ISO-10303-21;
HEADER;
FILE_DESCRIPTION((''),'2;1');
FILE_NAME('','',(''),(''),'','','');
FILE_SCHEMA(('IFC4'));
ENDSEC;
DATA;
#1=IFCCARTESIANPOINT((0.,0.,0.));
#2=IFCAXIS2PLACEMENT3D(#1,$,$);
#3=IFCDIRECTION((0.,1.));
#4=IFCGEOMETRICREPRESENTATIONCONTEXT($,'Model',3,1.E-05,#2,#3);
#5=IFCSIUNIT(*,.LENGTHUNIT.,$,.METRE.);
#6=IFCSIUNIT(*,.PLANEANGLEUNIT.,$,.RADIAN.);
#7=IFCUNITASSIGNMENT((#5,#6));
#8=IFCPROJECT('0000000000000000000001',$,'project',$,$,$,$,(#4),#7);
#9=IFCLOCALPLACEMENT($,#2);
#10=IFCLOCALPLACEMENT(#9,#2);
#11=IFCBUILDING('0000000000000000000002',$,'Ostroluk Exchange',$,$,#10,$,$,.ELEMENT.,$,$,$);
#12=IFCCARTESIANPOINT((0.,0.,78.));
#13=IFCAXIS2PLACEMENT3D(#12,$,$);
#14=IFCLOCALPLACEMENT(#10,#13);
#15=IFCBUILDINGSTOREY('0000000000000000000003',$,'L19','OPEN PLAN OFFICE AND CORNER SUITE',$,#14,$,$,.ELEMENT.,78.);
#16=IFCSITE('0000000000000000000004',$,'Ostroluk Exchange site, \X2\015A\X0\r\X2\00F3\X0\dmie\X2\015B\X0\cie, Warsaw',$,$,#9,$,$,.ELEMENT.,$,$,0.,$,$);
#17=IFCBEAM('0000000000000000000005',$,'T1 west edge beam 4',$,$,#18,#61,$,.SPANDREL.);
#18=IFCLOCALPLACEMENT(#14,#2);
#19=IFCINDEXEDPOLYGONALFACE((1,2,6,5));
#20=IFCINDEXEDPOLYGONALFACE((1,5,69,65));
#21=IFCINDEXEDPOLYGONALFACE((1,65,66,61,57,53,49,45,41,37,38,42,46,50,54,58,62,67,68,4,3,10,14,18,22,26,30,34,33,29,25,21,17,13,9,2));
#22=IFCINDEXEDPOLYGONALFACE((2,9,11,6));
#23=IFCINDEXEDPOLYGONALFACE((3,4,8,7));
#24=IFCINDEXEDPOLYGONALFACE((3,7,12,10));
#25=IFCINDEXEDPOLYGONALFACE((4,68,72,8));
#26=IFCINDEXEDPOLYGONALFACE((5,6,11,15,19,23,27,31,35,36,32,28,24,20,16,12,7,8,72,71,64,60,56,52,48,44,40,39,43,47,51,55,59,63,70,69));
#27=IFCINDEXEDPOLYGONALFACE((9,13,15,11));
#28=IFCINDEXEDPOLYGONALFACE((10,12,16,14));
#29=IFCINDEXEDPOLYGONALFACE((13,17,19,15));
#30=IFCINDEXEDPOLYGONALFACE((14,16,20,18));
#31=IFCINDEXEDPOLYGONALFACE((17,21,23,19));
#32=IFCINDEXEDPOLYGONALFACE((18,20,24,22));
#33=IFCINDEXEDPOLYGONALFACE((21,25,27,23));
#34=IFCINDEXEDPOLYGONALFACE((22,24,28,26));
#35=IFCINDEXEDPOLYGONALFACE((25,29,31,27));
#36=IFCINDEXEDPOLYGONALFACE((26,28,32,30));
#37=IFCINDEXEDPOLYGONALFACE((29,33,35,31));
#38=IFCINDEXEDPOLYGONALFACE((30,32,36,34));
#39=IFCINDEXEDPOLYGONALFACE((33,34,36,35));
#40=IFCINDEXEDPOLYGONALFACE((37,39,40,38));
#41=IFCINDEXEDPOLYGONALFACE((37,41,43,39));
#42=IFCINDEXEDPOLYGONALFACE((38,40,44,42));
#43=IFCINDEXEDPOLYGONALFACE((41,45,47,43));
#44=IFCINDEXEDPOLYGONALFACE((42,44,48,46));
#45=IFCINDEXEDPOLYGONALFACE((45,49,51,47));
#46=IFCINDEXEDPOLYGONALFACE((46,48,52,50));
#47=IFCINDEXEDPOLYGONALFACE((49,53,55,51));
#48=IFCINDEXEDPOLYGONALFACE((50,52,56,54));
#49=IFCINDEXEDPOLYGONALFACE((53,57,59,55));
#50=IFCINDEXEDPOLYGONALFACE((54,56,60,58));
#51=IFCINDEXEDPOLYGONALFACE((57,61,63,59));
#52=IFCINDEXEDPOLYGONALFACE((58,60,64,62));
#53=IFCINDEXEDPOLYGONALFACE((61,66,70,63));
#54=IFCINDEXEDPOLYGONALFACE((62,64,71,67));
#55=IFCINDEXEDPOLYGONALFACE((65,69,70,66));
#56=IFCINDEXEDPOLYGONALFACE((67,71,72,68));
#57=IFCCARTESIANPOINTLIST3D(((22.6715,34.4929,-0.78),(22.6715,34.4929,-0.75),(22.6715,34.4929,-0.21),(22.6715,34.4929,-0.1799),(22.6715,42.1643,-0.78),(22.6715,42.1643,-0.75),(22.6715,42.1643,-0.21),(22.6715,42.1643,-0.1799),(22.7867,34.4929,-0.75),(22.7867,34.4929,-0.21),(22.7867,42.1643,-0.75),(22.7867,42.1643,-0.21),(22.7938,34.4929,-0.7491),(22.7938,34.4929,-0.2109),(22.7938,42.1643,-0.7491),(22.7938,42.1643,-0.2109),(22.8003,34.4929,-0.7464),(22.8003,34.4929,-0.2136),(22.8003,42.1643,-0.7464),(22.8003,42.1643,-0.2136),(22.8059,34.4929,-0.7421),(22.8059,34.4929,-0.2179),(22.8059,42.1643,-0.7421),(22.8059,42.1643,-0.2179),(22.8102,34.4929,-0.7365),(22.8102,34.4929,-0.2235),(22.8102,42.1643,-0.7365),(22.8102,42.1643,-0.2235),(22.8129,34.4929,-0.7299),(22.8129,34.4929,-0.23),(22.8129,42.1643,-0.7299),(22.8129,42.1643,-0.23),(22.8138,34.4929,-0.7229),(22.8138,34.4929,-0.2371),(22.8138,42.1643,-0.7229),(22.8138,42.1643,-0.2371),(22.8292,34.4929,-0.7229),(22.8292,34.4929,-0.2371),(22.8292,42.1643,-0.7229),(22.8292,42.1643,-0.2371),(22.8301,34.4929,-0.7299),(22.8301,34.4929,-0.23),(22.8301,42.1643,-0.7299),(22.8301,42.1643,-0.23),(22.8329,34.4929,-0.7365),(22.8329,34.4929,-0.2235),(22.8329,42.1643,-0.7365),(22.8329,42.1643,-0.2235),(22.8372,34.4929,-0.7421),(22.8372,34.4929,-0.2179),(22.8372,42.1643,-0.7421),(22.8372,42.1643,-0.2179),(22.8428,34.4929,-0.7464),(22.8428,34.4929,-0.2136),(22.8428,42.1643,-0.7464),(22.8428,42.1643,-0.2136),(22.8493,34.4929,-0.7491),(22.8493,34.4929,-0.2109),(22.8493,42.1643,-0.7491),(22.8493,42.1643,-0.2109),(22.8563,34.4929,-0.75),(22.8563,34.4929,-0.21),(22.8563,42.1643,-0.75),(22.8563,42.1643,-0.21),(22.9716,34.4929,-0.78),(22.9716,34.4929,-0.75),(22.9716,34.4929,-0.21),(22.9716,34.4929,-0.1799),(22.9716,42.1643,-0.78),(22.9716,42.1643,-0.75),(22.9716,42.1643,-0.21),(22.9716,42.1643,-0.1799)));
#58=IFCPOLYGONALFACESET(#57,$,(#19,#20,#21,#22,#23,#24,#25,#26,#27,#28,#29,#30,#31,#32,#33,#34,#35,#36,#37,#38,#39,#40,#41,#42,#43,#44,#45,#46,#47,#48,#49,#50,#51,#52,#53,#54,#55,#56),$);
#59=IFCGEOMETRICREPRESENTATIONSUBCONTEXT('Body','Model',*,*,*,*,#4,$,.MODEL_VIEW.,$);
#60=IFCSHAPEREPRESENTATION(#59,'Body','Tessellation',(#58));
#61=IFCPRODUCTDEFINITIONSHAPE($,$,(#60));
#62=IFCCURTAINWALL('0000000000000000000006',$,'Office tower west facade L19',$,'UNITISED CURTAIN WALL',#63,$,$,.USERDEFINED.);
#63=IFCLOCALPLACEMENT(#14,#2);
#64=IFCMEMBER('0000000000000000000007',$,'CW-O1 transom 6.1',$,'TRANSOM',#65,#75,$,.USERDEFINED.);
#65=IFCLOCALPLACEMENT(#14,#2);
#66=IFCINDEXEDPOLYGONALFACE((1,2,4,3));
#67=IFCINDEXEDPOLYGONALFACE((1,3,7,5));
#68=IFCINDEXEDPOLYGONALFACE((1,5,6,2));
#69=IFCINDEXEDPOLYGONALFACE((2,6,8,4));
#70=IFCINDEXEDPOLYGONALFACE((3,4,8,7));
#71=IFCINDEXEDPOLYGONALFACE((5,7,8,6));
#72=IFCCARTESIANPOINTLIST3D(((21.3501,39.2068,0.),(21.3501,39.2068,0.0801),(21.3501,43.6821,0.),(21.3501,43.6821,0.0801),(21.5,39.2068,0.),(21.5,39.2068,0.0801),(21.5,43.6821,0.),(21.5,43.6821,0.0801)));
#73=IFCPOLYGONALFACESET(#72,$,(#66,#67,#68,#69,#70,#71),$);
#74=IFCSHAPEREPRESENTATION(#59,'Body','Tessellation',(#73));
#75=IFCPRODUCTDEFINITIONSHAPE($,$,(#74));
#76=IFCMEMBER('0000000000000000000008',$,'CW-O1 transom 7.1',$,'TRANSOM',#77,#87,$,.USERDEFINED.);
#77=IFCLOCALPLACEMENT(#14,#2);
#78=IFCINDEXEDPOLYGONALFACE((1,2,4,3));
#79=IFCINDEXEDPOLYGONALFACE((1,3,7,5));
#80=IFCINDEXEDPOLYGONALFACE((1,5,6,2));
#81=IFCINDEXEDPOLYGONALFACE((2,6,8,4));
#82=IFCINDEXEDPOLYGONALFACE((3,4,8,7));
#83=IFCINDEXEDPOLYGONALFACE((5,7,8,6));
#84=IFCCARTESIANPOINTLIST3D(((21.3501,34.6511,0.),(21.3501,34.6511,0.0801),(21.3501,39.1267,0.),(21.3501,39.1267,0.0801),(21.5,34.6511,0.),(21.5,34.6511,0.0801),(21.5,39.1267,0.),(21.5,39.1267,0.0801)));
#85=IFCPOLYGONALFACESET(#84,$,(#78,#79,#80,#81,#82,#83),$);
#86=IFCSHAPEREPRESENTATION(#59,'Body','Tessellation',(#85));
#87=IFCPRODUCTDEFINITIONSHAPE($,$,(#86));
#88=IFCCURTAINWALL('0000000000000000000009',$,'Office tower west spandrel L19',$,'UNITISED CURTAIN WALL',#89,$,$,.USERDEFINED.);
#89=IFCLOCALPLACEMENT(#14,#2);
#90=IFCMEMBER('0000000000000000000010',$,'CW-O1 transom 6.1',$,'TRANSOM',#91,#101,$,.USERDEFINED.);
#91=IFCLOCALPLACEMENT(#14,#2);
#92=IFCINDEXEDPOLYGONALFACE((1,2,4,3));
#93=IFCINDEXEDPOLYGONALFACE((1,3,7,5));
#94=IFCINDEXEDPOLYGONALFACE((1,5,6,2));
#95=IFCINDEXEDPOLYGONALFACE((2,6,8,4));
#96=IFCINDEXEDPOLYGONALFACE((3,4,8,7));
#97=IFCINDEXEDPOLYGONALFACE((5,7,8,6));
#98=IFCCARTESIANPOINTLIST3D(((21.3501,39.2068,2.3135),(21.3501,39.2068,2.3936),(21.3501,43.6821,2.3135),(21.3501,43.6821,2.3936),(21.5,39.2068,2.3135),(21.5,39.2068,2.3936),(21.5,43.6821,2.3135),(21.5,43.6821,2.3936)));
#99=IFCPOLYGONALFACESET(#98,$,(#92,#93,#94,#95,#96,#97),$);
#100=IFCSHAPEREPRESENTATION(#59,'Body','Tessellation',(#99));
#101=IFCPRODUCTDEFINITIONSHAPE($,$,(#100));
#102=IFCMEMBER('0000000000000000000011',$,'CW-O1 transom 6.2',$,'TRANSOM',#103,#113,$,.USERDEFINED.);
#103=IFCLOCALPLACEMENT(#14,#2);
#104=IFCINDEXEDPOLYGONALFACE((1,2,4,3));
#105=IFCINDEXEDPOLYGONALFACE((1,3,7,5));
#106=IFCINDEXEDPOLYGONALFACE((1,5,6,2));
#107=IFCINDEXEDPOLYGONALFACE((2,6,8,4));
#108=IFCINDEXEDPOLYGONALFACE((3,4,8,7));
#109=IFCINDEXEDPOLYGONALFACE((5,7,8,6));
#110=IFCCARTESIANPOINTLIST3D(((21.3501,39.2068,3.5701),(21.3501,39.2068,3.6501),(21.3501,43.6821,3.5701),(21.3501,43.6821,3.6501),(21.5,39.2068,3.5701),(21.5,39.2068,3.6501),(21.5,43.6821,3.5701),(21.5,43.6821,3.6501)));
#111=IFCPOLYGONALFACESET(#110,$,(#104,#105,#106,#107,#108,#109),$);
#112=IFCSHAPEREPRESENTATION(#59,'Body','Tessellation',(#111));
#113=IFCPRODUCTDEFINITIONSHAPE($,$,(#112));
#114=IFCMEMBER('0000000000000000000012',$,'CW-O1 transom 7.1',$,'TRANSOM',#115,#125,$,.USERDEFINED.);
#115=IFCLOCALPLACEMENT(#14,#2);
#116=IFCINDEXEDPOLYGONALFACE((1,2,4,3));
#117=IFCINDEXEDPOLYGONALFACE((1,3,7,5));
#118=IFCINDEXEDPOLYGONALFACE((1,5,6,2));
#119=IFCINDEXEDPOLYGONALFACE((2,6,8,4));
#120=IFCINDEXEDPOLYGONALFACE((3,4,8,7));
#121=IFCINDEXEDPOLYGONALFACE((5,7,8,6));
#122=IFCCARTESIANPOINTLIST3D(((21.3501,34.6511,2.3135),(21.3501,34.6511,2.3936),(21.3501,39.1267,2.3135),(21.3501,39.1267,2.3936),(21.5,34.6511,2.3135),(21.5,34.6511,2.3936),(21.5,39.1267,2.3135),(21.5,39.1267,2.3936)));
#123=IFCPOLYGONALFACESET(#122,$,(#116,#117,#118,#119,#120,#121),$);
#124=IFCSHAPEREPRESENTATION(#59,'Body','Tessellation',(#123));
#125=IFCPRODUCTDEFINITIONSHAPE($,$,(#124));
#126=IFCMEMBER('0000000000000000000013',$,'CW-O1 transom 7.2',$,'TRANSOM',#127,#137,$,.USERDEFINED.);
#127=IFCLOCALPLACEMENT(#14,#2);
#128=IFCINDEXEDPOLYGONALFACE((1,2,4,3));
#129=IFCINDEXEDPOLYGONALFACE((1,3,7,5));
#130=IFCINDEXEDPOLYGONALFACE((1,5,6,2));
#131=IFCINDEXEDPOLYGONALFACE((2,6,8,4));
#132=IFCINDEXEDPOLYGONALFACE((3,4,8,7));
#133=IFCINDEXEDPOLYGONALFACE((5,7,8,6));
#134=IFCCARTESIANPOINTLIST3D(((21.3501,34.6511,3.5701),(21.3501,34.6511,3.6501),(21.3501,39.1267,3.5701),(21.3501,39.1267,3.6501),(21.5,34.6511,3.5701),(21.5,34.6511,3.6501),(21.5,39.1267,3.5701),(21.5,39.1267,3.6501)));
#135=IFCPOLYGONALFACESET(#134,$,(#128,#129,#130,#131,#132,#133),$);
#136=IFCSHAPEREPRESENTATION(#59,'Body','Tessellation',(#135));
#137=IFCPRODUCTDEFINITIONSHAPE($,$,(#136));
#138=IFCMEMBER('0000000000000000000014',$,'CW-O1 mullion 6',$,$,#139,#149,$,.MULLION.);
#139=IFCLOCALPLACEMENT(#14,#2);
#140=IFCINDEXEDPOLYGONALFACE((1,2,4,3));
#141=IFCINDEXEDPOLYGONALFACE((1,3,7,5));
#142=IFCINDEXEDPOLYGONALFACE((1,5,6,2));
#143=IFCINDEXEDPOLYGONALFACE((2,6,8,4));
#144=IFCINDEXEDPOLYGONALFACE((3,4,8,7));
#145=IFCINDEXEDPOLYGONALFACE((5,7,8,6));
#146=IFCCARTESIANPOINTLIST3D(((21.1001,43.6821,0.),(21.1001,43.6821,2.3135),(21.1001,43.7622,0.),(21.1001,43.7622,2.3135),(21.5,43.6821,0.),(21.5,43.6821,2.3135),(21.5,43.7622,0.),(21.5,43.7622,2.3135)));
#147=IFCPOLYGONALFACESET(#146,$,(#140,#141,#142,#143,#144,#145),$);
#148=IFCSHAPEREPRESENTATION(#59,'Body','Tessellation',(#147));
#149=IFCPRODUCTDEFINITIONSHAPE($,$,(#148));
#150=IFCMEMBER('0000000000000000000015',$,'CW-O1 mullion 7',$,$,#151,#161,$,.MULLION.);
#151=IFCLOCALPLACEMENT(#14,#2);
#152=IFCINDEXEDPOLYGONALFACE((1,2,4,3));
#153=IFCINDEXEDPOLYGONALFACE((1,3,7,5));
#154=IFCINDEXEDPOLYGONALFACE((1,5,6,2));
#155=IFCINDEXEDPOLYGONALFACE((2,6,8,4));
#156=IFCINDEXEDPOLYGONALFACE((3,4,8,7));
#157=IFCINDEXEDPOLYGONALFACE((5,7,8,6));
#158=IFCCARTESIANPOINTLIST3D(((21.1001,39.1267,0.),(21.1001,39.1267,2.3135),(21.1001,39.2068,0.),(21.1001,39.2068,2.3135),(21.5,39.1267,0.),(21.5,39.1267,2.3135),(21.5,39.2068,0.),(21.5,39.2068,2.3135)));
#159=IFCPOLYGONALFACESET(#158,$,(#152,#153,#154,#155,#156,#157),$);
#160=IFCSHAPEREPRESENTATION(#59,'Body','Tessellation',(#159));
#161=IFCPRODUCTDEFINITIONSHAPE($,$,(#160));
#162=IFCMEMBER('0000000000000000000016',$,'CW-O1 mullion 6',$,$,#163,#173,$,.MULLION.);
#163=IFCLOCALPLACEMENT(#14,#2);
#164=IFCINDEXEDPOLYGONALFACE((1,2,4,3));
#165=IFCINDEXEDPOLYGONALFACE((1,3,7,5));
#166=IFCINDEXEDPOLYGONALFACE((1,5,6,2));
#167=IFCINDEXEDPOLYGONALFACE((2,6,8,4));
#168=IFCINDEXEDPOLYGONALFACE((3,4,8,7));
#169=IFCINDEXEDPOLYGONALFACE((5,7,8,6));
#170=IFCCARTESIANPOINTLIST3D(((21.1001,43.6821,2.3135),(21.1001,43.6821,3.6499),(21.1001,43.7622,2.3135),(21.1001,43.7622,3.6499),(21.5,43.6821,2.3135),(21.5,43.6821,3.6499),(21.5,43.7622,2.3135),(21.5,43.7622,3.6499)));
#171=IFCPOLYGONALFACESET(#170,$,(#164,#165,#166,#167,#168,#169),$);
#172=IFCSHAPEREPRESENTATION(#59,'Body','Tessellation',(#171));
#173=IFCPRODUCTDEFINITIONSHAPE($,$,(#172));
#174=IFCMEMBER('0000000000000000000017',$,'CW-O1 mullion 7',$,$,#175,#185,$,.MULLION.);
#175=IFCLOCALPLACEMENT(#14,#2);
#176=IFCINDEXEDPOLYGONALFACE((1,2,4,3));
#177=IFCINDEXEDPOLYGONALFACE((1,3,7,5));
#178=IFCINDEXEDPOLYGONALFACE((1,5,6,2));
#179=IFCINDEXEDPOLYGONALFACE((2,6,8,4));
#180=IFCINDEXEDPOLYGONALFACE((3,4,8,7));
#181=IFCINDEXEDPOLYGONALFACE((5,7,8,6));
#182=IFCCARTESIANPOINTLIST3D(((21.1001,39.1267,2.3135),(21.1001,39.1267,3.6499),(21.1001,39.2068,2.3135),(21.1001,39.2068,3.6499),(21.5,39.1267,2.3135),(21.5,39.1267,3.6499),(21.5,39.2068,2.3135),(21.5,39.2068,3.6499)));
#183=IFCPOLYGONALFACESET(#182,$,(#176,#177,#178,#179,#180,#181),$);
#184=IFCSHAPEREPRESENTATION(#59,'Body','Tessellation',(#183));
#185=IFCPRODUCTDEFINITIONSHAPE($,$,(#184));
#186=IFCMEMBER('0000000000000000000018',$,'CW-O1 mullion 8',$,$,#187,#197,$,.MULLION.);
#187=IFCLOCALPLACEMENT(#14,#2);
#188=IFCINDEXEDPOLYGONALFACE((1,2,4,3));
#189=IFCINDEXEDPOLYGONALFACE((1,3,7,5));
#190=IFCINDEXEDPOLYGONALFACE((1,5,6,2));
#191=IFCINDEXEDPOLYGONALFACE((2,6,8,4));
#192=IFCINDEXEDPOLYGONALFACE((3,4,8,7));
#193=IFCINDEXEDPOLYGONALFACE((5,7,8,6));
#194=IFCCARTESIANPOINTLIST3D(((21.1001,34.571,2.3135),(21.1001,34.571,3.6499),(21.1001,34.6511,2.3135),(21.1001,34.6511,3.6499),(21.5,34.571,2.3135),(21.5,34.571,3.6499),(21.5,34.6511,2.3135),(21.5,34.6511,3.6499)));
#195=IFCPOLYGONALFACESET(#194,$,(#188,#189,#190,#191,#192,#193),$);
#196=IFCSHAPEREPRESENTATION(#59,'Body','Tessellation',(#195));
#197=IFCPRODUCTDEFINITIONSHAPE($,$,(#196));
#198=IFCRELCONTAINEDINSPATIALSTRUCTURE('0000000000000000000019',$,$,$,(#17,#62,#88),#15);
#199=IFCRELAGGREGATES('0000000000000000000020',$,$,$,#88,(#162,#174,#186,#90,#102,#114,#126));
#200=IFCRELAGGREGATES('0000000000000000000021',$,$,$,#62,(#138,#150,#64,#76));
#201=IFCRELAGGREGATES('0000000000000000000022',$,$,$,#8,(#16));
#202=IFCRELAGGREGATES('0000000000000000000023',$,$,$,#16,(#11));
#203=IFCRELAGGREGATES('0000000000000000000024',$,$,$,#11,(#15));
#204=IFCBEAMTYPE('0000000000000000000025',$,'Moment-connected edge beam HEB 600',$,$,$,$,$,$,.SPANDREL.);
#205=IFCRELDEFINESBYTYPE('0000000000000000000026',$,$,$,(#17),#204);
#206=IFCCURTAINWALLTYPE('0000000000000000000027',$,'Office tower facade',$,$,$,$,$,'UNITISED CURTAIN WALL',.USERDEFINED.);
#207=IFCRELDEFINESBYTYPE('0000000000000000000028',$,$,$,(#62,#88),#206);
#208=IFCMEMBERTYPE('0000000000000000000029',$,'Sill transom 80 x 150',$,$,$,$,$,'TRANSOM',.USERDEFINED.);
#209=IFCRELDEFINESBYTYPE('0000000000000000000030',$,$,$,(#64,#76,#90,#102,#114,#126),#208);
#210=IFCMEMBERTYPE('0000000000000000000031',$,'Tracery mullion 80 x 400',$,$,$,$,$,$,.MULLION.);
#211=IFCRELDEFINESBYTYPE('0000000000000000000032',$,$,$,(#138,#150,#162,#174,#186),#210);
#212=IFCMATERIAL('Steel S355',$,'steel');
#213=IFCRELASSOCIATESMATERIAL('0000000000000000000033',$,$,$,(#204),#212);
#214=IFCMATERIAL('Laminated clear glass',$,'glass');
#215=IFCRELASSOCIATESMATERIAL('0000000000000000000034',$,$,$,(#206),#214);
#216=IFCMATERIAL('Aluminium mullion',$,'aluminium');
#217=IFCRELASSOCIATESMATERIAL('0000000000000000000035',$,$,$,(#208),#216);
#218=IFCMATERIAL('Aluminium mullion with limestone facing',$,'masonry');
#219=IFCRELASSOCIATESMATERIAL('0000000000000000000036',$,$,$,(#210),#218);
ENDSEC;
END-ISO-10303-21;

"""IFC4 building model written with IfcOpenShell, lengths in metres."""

from ifc_helpers import new_model, si_unit, direction, frame, origin, origin_2d, place, context, subcontext, project, spatial, rectangle, i_section, extrude, material, material_profile, profile_set, type_object, element, aggregate, save


model = new_model("IFC4")

# Units and contexts
model_context = context("Model", 3, precision=1e-05, world=origin(), true_north=direction((0.0, 1.0)))
body_context = subcontext(model_context, "Body", "Model", "MODEL_VIEW")
ifc_project = project(units=[si_unit("LENGTHUNIT", "METRE"), si_unit("PLANEANGLEUNIT", "RADIAN")], contexts=[model_context])

# Site, building, storey
site_placement = place(None, origin())
site = spatial("IfcSite", under=ifc_project, at=site_placement, Name="Ostroluk Exchange site, Śródmieście, Warsaw", CompositionType="ELEMENT", RefElevation=0.0)
building_placement = place(site_placement, origin())
building = spatial("IfcBuilding", under=site, at=building_placement, Name="Ostroluk Exchange", CompositionType="ELEMENT")
storey_placement = place(building_placement, frame((0.0, 0.0, 78.0)))
storey = spatial("IfcBuildingStorey", under=building, at=storey_placement, Name="L19", Description="OPEN PLAN OFFICE AND CORNER SUITE", CompositionType="ELEMENT", Elevation=78.0)

# Beam
ifc_material_1 = material(Name="Steel S355", Category="steel")
ifc_material_profile_1 = material_profile(ifc_material_1, i_section(OverallWidth=0.3, OverallDepth=0.6001, WebThickness=0.0154, FlangeThickness=0.03, FilletRadius=0.0271, at=origin_2d()), Name="HEB 600")
ifc_profile_set_1 = profile_set([ifc_material_profile_1], Name="Steel S355")
beam_type_1 = type_object("IfcBeamType", Name="Moment-connected edge beam HEB 600", PredefinedType="SPANDREL", material=ifc_profile_set_1)
beam_1_placement = place(storey_placement, frame((22.8215, 42.1643, -0.48), z_axis=(0.0, -1.0, 0.0), x_axis=(1.0, 0.0, 0.0)))
element("IfcBeam", 1, at=beam_1_placement, inside=storey, type_object=beam_type_1, Name="T1 west edge beam 4", PredefinedType="SPANDREL", context=body_context, shape_type="SweptSolid", body=[
    extrude(i_section(OverallWidth=0.3, OverallDepth=0.6001, WebThickness=0.0154, FlangeThickness=0.03, FilletRadius=0.0271, at=origin_2d()), origin(), (0.0, 0.0, 1.0), 7.6714),
])

# Curtain walls, members
ifc_material_2 = material(Name="Laminated clear glass", Category="glass")
curtain_wall_type = type_object("IfcCurtainWallType", Name="Office tower facade", ElementType="UNITISED CURTAIN WALL", PredefinedType="USERDEFINED", material=ifc_material_2)
curtain_wall_1_placement = place(storey_placement, origin())
curtain_wall_1 = element("IfcCurtainWall", 2, at=curtain_wall_1_placement, inside=storey, type_object=curtain_wall_type, Name="Office tower west facade L19", ObjectType="UNITISED CURTAIN WALL", PredefinedType="USERDEFINED")
ifc_material_3 = material(Name="Aluminium mullion", Category="aluminium")
ifc_material_profile_2 = material_profile(ifc_material_3, rectangle(XDim=0.1499, YDim=0.0801, at=origin_2d()), Name="Sill transom 80 x 150")
ifc_profile_set_2 = profile_set([ifc_material_profile_2], Name="Aluminium mullion")
member_type_1 = type_object("IfcMemberType", Name="Sill transom 80 x 150", ElementType="TRANSOM", PredefinedType="USERDEFINED", material=ifc_profile_set_2)
member_1_placement = place(storey_placement, frame((21.425, 43.6821, 0.04), z_axis=(0.0, -1.0, 0.0), x_axis=(1.0, 0.0, 0.0)))
member_1 = element("IfcMember", 3, at=member_1_placement, type_object=member_type_1, Name="CW-O1 transom 6.1", ObjectType="TRANSOM", PredefinedType="USERDEFINED", context=body_context, shape_type="SweptSolid", body=[
    extrude(rectangle(XDim=0.1499, YDim=0.0801, at=origin_2d()), origin(), (0.0, 0.0, 1.0), 4.4753),
])
member_2_placement = place(storey_placement, frame((21.425, 39.1267, 0.04), z_axis=(0.0, -1.0, 0.0), x_axis=(1.0, 0.0, 0.0)))
member_2 = element("IfcMember", 4, at=member_2_placement, type_object=member_type_1, Name="CW-O1 transom 7.1", ObjectType="TRANSOM", PredefinedType="USERDEFINED", context=body_context, shape_type="SweptSolid", body=[
    extrude(rectangle(XDim=0.1499, YDim=0.0801, at=origin_2d()), origin(), (0.0, 0.0, 1.0), 4.4756),
])
curtain_wall_2_placement = place(storey_placement, origin())
curtain_wall_2 = element("IfcCurtainWall", 5, at=curtain_wall_2_placement, inside=storey, type_object=curtain_wall_type, Name="Office tower west spandrel L19", ObjectType="UNITISED CURTAIN WALL", PredefinedType="USERDEFINED")
member_3_placement = place(storey_placement, frame((21.425, 43.6821, 2.3535), z_axis=(0.0, -1.0, 0.0), x_axis=(1.0, 0.0, 0.0)))
member_3 = element("IfcMember", 6, at=member_3_placement, type_object=member_type_1, Name="CW-O1 transom 6.1", ObjectType="TRANSOM", PredefinedType="USERDEFINED", context=body_context, shape_type="SweptSolid", body=[
    extrude(rectangle(XDim=0.1499, YDim=0.0801, at=origin_2d()), origin(), (0.0, 0.0, 1.0), 4.4753),
])
member_4_placement = place(storey_placement, frame((21.425, 43.6821, 3.6101), z_axis=(0.0, -1.0, 0.0), x_axis=(1.0, 0.0, 0.0)))
member_4 = element("IfcMember", 7, at=member_4_placement, type_object=member_type_1, Name="CW-O1 transom 6.2", ObjectType="TRANSOM", PredefinedType="USERDEFINED", context=body_context, shape_type="SweptSolid", body=[
    extrude(rectangle(XDim=0.1499, YDim=0.0801, at=origin_2d()), origin(), (0.0, 0.0, 1.0), 4.4753),
])
member_5_placement = place(storey_placement, frame((21.425, 39.1267, 2.3535), z_axis=(0.0, -1.0, 0.0), x_axis=(1.0, 0.0, 0.0)))
member_5 = element("IfcMember", 8, at=member_5_placement, type_object=member_type_1, Name="CW-O1 transom 7.1", ObjectType="TRANSOM", PredefinedType="USERDEFINED", context=body_context, shape_type="SweptSolid", body=[
    extrude(rectangle(XDim=0.1499, YDim=0.0801, at=origin_2d()), origin(), (0.0, 0.0, 1.0), 4.4756),
])
member_6_placement = place(storey_placement, frame((21.425, 39.1267, 3.6101), z_axis=(0.0, -1.0, 0.0), x_axis=(1.0, 0.0, 0.0)))
member_6 = element("IfcMember", 9, at=member_6_placement, type_object=member_type_1, Name="CW-O1 transom 7.2", ObjectType="TRANSOM", PredefinedType="USERDEFINED", context=body_context, shape_type="SweptSolid", body=[
    extrude(rectangle(XDim=0.1499, YDim=0.0801, at=origin_2d()), origin(), (0.0, 0.0, 1.0), 4.4756),
])

# Members
ifc_material_4 = material(Name="Aluminium mullion with limestone facing", Category="masonry")
ifc_material_profile_3 = material_profile(ifc_material_4, rectangle(XDim=0.3999, YDim=0.0801, at=origin_2d()), Name="Tracery mullion 80 x 400")
ifc_profile_set_3 = profile_set([ifc_material_profile_3], Name="Aluminium mullion with limestone facing")
member_type_2 = type_object("IfcMemberType", Name="Tracery mullion 80 x 400", PredefinedType="MULLION", material=ifc_profile_set_3)
member_7_placement = place(storey_placement, frame((21.3, 43.7222, 0.0), z_axis=(0.0, 0.0, 1.0), x_axis=(1.0, 0.0, 0.0)))
member_7 = element("IfcMember", 10, at=member_7_placement, type_object=member_type_2, Name="CW-O1 mullion 6", PredefinedType="MULLION", context=body_context, shape_type="SweptSolid", body=[
    extrude(rectangle(XDim=0.3999, YDim=0.0801, at=origin_2d()), origin(), (0.0, 0.0, 1.0), 2.3135),
])
member_8_placement = place(storey_placement, frame((21.3, 39.1667, 0.0), z_axis=(0.0, 0.0, 1.0), x_axis=(1.0, 0.0, 0.0)))
member_8 = element("IfcMember", 11, at=member_8_placement, type_object=member_type_2, Name="CW-O1 mullion 7", PredefinedType="MULLION", context=body_context, shape_type="SweptSolid", body=[
    extrude(rectangle(XDim=0.3999, YDim=0.0801, at=origin_2d()), origin(), (0.0, 0.0, 1.0), 2.3135),
])
member_9_placement = place(storey_placement, frame((21.3, 43.7222, 2.3135), z_axis=(0.0, 0.0, 1.0), x_axis=(1.0, 0.0, 0.0)))
member_9 = element("IfcMember", 12, at=member_9_placement, type_object=member_type_2, Name="CW-O1 mullion 6", PredefinedType="MULLION", context=body_context, shape_type="SweptSolid", body=[
    extrude(rectangle(XDim=0.3999, YDim=0.0801, at=origin_2d()), origin(), (0.0, 0.0, 1.0), 1.3364),
])
member_10_placement = place(storey_placement, frame((21.3, 39.1667, 2.3135), z_axis=(0.0, 0.0, 1.0), x_axis=(1.0, 0.0, 0.0)))
member_10 = element("IfcMember", 13, at=member_10_placement, type_object=member_type_2, Name="CW-O1 mullion 7", PredefinedType="MULLION", context=body_context, shape_type="SweptSolid", body=[
    extrude(rectangle(XDim=0.3999, YDim=0.0801, at=origin_2d()), origin(), (0.0, 0.0, 1.0), 1.3364),
])
member_11_placement = place(storey_placement, frame((21.3, 34.6111, 2.3135), z_axis=(0.0, 0.0, 1.0), x_axis=(1.0, 0.0, 0.0)))
member_11 = element("IfcMember", 14, at=member_11_placement, type_object=member_type_2, Name="CW-O1 mullion 8", PredefinedType="MULLION", context=body_context, shape_type="SweptSolid", body=[
    extrude(rectangle(XDim=0.3999, YDim=0.0801, at=origin_2d()), origin(), (0.0, 0.0, 1.0), 1.3364),
])

aggregate(curtain_wall_2, [member_9, member_10, member_11, member_3, member_4, member_5, member_6])
aggregate(curtain_wall_1, [member_7, member_8, member_1, member_2])

save(model, "model.ifc")
